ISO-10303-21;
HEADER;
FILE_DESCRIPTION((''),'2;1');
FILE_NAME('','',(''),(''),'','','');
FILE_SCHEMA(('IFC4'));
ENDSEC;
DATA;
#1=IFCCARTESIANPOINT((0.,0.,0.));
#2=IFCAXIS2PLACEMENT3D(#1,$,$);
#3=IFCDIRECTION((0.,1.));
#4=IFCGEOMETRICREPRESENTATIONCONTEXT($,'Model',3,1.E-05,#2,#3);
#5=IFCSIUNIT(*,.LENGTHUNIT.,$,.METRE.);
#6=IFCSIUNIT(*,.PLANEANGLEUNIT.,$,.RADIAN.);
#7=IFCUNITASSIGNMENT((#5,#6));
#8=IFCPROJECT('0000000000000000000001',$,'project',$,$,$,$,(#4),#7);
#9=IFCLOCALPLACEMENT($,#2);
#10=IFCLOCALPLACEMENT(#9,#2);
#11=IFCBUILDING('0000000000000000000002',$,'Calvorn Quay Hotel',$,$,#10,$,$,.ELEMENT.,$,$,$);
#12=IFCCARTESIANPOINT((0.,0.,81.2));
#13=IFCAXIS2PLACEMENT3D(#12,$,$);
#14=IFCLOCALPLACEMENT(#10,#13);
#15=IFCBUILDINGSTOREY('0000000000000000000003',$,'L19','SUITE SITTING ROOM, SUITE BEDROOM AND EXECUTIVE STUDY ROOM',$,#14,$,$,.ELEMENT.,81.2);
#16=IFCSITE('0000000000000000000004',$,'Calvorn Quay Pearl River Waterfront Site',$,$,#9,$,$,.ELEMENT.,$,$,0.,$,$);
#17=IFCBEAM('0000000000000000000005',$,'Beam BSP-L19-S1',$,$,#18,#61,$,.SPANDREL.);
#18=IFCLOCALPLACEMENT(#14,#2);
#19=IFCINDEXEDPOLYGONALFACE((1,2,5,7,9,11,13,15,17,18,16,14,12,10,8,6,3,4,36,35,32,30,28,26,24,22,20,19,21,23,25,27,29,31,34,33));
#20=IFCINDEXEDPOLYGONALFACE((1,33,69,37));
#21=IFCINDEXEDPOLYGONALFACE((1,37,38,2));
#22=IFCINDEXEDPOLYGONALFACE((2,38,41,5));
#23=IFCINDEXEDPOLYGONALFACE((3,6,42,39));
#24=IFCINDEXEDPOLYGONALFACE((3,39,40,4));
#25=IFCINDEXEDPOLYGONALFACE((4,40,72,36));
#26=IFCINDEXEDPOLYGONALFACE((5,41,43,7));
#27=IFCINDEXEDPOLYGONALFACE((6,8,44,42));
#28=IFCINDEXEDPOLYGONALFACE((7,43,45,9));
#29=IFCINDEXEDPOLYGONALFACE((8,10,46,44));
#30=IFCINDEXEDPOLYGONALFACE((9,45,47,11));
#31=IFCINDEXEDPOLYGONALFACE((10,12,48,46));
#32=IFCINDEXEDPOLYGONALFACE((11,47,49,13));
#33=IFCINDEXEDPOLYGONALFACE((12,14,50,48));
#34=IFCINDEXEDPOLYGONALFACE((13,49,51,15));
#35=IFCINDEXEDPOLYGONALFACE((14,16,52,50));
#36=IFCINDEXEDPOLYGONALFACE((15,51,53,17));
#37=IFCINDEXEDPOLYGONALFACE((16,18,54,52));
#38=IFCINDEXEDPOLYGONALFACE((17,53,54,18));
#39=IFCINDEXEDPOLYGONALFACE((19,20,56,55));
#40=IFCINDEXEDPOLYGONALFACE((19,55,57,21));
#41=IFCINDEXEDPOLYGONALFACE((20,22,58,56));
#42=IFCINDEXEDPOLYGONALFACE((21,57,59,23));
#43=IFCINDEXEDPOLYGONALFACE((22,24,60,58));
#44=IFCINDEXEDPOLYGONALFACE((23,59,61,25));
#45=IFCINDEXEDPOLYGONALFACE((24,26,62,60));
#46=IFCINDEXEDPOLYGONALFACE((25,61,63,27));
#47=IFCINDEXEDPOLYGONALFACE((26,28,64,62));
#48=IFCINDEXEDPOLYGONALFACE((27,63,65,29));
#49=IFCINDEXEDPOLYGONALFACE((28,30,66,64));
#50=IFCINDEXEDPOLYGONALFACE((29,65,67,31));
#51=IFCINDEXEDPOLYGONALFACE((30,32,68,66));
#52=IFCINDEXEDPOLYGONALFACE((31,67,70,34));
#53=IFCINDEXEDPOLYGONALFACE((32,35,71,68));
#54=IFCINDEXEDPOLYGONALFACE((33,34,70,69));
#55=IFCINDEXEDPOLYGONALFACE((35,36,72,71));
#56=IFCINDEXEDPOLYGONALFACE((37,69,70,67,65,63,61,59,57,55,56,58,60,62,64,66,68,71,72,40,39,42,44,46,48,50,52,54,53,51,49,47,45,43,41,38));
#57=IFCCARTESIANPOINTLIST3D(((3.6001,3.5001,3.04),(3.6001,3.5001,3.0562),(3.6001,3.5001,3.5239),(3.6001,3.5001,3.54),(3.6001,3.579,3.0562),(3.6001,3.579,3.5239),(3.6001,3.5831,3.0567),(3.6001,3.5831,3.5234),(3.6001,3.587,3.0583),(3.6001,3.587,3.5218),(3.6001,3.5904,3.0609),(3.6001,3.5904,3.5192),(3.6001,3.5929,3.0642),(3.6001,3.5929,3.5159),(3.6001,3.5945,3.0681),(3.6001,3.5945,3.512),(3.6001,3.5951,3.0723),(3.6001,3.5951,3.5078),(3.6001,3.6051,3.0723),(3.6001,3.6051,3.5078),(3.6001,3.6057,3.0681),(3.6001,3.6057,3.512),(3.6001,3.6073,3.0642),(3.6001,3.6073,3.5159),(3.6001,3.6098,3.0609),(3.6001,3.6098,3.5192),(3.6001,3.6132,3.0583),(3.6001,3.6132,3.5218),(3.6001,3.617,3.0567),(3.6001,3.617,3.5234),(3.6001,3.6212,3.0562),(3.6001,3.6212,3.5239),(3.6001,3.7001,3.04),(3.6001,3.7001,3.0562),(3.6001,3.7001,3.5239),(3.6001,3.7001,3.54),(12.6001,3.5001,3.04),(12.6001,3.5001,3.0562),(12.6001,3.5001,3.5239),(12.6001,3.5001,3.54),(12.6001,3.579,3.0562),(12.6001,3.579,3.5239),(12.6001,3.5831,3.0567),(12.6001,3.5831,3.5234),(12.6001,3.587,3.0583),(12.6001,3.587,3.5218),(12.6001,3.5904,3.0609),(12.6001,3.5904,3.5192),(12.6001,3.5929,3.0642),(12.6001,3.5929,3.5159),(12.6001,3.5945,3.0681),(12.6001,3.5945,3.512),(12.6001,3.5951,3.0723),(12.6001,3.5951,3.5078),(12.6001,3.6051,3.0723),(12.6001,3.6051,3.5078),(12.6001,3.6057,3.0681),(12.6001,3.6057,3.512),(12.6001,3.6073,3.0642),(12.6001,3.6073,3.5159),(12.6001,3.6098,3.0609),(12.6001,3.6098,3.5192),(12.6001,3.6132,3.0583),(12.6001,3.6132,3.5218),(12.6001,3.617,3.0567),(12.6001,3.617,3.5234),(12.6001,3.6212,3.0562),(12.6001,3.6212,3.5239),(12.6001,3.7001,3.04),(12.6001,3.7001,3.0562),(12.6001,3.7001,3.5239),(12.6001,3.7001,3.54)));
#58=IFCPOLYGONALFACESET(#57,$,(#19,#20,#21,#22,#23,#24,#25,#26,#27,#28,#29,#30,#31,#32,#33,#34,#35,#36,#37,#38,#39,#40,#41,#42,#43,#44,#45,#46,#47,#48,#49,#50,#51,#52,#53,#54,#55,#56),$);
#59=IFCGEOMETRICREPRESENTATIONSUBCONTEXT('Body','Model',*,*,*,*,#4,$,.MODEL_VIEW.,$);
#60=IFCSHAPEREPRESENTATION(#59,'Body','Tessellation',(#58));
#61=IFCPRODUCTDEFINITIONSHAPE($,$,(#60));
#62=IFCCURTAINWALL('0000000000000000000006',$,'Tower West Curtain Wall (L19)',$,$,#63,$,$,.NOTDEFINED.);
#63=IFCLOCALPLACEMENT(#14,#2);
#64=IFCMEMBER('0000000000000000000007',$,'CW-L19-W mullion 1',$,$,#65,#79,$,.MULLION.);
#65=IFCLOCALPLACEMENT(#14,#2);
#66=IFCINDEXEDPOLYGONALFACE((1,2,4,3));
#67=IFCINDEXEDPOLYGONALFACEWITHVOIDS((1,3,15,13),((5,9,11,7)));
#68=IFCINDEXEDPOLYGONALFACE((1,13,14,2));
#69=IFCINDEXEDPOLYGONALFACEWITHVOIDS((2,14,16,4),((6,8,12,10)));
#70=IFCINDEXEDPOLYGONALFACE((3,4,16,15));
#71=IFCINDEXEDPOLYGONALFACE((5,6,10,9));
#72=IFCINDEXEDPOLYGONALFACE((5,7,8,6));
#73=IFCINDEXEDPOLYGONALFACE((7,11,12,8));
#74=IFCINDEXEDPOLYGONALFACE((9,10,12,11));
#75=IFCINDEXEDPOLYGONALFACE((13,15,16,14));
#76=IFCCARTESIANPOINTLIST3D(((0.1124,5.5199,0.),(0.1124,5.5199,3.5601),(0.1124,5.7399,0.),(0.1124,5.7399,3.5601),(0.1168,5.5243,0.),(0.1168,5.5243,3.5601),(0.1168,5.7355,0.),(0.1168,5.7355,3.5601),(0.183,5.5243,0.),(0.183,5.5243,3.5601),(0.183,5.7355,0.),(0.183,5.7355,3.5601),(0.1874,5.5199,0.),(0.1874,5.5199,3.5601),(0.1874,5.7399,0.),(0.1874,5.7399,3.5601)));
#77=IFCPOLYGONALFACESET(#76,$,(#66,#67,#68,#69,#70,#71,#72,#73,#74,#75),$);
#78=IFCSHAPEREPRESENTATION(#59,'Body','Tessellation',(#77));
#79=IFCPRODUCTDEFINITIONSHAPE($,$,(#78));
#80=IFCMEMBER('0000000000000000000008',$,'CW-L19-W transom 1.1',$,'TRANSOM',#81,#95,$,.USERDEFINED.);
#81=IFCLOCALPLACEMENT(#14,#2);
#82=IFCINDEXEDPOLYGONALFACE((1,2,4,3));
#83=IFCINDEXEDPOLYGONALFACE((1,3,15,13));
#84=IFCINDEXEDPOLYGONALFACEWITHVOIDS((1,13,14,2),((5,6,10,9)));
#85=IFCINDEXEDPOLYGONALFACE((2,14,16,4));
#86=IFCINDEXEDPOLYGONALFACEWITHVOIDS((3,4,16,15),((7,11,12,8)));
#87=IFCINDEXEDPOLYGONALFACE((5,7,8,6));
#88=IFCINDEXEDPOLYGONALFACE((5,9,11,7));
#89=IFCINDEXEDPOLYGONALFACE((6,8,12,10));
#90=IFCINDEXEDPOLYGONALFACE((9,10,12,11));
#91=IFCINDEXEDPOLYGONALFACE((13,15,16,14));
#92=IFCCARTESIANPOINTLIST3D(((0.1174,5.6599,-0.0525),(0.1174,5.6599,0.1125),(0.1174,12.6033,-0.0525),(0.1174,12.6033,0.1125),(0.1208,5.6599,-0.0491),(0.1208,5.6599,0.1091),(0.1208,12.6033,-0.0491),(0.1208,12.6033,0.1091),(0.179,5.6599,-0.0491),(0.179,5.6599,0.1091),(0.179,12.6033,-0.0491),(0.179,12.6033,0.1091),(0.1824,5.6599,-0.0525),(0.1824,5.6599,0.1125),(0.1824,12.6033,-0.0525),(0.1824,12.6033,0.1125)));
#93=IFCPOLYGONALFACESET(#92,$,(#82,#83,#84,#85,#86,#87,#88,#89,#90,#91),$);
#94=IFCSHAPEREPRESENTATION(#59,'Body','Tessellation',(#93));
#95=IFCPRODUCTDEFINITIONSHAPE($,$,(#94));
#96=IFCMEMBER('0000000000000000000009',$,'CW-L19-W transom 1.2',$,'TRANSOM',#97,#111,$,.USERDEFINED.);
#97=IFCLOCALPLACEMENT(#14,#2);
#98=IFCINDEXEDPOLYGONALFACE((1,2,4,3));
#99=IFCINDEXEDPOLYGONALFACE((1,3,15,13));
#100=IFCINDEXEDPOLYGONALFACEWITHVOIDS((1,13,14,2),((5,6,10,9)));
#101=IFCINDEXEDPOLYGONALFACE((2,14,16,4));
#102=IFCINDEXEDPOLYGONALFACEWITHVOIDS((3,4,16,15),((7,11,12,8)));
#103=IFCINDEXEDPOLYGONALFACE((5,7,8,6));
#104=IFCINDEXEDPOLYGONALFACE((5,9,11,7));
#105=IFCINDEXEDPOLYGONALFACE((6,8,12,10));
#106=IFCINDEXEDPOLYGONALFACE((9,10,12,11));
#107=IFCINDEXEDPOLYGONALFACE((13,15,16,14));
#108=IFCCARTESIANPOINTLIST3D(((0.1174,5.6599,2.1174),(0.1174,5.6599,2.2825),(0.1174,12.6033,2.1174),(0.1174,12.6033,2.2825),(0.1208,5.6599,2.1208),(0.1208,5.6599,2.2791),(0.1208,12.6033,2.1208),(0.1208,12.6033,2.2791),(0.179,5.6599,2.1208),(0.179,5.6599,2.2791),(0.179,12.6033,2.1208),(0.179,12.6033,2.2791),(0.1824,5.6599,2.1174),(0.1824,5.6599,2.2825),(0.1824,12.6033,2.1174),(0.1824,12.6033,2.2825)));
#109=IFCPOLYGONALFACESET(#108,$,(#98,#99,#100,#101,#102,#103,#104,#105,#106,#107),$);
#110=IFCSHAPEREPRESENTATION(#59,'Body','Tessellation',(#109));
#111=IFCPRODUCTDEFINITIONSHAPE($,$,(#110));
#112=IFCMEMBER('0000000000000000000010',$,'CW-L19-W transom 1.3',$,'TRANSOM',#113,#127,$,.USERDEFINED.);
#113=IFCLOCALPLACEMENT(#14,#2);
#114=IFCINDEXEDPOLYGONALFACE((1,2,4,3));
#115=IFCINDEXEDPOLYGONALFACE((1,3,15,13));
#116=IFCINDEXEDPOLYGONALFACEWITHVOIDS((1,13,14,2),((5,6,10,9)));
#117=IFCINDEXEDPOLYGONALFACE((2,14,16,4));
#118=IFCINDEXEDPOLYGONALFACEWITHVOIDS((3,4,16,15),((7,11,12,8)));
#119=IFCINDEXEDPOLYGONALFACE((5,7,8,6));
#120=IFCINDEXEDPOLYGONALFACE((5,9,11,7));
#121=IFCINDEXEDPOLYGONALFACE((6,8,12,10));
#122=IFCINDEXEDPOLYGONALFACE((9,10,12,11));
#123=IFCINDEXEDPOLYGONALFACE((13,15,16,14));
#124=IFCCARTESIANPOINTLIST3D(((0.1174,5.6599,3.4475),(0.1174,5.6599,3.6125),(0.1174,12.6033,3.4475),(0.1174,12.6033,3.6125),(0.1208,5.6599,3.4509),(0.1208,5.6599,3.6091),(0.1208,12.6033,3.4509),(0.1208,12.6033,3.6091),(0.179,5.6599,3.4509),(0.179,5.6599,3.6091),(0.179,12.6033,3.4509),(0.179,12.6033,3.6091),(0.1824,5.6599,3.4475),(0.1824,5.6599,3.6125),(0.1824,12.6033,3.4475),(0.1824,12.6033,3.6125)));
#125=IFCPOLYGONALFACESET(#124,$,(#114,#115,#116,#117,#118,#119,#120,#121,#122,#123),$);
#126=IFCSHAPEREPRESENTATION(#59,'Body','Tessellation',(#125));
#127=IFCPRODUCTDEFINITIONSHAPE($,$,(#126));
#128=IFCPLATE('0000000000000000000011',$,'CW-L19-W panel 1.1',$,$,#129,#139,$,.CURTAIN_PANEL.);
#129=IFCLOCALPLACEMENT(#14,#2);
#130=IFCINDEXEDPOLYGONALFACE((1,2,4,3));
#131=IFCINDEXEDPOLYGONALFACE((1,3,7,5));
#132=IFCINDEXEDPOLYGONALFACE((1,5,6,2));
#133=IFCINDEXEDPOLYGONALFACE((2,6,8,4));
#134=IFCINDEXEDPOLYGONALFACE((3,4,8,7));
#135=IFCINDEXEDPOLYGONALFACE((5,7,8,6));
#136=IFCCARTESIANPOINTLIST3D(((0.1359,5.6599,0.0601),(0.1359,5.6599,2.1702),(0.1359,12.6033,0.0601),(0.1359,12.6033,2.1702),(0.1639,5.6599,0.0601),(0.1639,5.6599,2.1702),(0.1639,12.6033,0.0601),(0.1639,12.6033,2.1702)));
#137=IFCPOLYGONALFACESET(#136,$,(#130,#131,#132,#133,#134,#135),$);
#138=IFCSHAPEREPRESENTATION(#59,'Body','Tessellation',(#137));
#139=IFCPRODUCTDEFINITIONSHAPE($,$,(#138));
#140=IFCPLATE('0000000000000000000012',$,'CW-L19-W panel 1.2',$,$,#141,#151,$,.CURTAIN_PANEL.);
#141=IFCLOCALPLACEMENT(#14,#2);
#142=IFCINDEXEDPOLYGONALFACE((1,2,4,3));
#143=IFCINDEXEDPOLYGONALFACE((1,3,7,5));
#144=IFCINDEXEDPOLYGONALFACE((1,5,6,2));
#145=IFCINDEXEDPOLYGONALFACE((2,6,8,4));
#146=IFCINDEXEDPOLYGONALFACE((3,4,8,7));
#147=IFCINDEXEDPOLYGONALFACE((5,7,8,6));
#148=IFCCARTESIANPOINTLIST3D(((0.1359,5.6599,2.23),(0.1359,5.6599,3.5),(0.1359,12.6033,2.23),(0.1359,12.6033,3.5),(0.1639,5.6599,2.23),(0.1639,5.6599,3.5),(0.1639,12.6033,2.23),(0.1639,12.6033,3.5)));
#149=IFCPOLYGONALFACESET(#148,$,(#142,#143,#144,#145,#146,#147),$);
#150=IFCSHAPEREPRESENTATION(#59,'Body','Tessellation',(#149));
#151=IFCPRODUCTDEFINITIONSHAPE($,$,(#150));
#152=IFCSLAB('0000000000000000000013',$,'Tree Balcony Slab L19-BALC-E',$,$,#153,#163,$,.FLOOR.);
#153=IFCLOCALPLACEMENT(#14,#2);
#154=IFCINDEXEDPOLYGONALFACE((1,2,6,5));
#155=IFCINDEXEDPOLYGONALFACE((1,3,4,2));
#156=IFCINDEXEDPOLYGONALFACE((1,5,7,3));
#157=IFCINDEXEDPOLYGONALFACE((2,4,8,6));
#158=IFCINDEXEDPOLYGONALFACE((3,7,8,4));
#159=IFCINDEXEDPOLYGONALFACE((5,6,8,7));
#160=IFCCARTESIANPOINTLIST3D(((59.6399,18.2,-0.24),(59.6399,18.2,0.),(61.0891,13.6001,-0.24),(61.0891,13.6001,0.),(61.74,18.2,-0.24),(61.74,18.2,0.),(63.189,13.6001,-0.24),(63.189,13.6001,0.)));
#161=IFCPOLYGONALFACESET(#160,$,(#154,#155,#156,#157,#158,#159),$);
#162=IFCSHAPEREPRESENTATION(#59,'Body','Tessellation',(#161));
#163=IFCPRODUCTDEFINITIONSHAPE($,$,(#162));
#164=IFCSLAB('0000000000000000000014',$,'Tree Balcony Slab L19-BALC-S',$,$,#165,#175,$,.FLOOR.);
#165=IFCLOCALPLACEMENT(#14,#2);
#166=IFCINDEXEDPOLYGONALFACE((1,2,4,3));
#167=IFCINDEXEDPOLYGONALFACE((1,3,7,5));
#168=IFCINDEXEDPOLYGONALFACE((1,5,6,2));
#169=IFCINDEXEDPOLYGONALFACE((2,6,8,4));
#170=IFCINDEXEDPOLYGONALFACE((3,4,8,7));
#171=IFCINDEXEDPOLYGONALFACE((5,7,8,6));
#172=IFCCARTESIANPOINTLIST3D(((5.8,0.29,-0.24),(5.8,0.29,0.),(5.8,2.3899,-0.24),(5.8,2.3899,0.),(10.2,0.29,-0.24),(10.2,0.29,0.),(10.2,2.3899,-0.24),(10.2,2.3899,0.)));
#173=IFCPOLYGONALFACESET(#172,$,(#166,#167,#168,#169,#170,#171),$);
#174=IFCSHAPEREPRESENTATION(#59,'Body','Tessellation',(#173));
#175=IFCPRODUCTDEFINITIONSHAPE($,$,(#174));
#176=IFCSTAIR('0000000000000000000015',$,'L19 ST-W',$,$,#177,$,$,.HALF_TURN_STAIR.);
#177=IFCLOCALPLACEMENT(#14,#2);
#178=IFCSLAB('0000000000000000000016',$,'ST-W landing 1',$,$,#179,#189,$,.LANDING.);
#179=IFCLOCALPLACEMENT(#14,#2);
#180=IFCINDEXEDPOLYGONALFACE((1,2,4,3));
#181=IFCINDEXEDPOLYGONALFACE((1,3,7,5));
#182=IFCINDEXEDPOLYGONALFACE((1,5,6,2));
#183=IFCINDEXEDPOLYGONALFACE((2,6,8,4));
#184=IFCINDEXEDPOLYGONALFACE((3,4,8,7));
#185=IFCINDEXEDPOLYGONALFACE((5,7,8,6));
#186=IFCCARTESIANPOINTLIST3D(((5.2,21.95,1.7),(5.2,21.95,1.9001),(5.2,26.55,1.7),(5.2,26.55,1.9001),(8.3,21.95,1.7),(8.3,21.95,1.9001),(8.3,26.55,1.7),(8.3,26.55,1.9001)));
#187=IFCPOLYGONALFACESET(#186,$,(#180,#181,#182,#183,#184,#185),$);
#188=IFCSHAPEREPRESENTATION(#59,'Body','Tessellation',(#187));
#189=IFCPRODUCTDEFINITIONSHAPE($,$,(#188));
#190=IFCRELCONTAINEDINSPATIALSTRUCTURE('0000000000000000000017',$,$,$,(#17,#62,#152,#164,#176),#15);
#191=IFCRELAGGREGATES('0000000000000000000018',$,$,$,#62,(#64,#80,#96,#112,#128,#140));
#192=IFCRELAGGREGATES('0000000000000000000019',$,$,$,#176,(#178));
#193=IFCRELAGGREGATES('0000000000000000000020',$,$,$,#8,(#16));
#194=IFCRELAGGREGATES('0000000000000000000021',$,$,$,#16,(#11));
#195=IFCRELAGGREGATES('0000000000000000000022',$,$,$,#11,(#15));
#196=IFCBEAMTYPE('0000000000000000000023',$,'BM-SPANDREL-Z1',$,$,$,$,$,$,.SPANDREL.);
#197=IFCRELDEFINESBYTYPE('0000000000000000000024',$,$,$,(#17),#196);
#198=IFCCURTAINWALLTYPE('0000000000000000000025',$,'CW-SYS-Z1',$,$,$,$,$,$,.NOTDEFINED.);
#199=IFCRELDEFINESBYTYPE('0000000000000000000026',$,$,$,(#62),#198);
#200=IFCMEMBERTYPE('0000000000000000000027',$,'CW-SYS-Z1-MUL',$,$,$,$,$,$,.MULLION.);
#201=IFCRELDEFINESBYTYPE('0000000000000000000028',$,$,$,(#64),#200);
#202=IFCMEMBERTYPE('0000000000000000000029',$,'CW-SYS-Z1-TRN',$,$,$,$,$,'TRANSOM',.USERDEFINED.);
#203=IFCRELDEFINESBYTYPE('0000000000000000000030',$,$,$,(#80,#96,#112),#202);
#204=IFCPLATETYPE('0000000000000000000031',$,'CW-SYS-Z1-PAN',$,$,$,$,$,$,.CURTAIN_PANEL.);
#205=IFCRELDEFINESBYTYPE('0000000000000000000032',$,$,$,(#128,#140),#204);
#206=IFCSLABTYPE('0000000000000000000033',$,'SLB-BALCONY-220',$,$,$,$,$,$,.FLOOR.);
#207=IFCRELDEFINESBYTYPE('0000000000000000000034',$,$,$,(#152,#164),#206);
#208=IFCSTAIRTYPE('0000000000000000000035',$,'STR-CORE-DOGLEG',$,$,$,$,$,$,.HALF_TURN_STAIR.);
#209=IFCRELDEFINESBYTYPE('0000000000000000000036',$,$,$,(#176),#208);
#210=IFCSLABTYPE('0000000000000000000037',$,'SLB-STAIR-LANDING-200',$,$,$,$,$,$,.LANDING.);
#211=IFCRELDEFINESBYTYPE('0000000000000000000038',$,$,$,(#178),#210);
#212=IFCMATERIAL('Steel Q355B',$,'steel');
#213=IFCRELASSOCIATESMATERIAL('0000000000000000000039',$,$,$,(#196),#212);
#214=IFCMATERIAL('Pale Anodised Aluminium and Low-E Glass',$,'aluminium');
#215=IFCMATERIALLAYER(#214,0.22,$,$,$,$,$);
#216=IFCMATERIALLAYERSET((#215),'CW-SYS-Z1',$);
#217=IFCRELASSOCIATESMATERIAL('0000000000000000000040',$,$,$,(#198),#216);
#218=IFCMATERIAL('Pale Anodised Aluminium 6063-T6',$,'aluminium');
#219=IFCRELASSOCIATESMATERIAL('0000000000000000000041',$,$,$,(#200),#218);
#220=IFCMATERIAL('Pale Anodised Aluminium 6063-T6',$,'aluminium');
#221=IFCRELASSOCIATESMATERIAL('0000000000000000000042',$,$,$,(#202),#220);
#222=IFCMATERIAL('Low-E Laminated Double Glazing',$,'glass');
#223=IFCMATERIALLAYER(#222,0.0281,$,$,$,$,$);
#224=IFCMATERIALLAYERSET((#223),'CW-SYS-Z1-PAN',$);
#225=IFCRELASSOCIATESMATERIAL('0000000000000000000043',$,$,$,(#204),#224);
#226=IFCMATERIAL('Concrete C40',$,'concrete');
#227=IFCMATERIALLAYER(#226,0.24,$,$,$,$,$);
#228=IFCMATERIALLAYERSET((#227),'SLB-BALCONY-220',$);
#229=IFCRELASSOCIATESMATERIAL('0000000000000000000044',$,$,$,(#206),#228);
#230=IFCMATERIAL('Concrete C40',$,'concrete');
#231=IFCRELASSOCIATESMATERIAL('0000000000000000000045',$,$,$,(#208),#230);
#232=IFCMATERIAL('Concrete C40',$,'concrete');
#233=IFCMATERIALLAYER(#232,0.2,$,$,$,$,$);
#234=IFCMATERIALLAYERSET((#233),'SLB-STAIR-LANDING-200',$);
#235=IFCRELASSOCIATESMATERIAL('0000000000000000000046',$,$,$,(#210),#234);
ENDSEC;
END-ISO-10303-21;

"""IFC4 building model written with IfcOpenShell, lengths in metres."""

from ifc_helpers import new_model, si_unit, direction, frame, origin, origin_2d, place, context, subcontext, project, spatial, polyline, rectangle, hollow_rectangle, i_section, outline, extrude, material, layer, layer_set, material_profile, profile_set, type_object, element, aggregate, save


model = new_model("IFC4")

# Units and contexts
model_context = context("Model", 3, precision=1e-05, world=origin(), true_north=direction((0.0, 1.0)))
body_context = subcontext(model_context, "Body", "Model", "MODEL_VIEW")
ifc_project = project(units=[si_unit("LENGTHUNIT", "METRE"), si_unit("PLANEANGLEUNIT", "RADIAN")], contexts=[model_context])

# Site, building, storey
site_placement = place(None, origin())
site = spatial("IfcSite", under=ifc_project, at=site_placement, Name="Calvorn Quay Pearl River Waterfront Site", CompositionType="ELEMENT", RefElevation=0.0)
building_placement = place(site_placement, origin())
building = spatial("IfcBuilding", under=site, at=building_placement, Name="Calvorn Quay Hotel", CompositionType="ELEMENT")
storey_placement = place(building_placement, frame((0.0, 0.0, 81.2)))
storey = spatial("IfcBuildingStorey", under=building, at=storey_placement, Name="L19", Description="SUITE SITTING ROOM, SUITE BEDROOM AND EXECUTIVE STUDY ROOM", CompositionType="ELEMENT", Elevation=81.2)

# Beam
ifc_material_1 = material(Name="Steel Q355B", Category="steel")
ifc_material_profile_1 = material_profile(ifc_material_1, i_section(OverallWidth=0.2, OverallDepth=0.5, WebThickness=0.01, FlangeThickness=0.0161, FilletRadius=0.0161, at=origin_2d()), Name="HN500x200x10x16")
ifc_profile_set_1 = profile_set([ifc_material_profile_1], Name="Steel Q355B")
beam_type_1 = type_object("IfcBeamType", Name="BM-SPANDREL-Z1", PredefinedType="SPANDREL", material=ifc_profile_set_1)
beam_1_placement = place(storey_placement, frame((3.6001, 3.6001, 3.29), z_axis=(1.0, 0.0, 0.0), x_axis=(0.0, 1.0, 0.0)))
element("IfcBeam", 1, at=beam_1_placement, inside=storey, type_object=beam_type_1, Name="Beam BSP-L19-S1", PredefinedType="SPANDREL", context=body_context, shape_type="SweptSolid", body=[
    extrude(i_section(OverallWidth=0.2, OverallDepth=0.5, WebThickness=0.01, FlangeThickness=0.0161, FilletRadius=0.0161, at=origin_2d()), origin(), (0.0, 0.0, 1.0), 9.0),
])

# Curtain wall, members, plates
ifc_material_2 = material(Name="Pale Anodised Aluminium and Low-E Glass", Category="aluminium")
ifc_layer_1 = layer(ifc_material_2, 0.22)
ifc_layer_set_1 = layer_set([ifc_layer_1], Name="CW-SYS-Z1")
curtain_wall_type = type_object("IfcCurtainWallType", Name="CW-SYS-Z1", PredefinedType="NOTDEFINED", material=ifc_layer_set_1)
curtain_wall_placement = place(storey_placement, origin())
curtain_wall = element("IfcCurtainWall", 2, at=curtain_wall_placement, inside=storey, type_object=curtain_wall_type, Name="Tower West Curtain Wall (L19)", PredefinedType="NOTDEFINED")
ifc_material_3 = material(Name="Pale Anodised Aluminium 6063-T6", Category="aluminium")
ifc_material_profile_2 = material_profile(ifc_material_3, hollow_rectangle(XDim=0.075, YDim=0.22, WallThickness=0.0044, at=origin_2d()), Name="ALU-M220x75x4.5")
ifc_profile_set_2 = profile_set([ifc_material_profile_2], Name="Pale Anodised Aluminium 6063-T6")
member_type_1 = type_object("IfcMemberType", Name="CW-SYS-Z1-MUL", PredefinedType="MULLION", material=ifc_profile_set_2)
member_1_placement = place(storey_placement, frame((0.1499, 5.6299, 0.0), z_axis=(0.0, 0.0, 1.0), x_axis=(-1.0, 0.0, 0.0)))
member_1 = element("IfcMember", 3, at=member_1_placement, type_object=member_type_1, Name="CW-L19-W mullion 1", PredefinedType="MULLION", context=body_context, shape_type="SweptSolid", body=[
    extrude(hollow_rectangle(XDim=0.075, YDim=0.22, WallThickness=0.0044, at=origin_2d()), origin(), (0.0, 0.0, 1.0), 3.5601),
])
ifc_material_4 = material(Name="Pale Anodised Aluminium 6063-T6", Category="aluminium")
ifc_material_profile_3 = material_profile(ifc_material_4, hollow_rectangle(XDim=0.0649, YDim=0.165, WallThickness=0.0034, at=origin_2d()), Name="ALU-T165x65x3.5")
ifc_profile_set_3 = profile_set([ifc_material_profile_3], Name="Pale Anodised Aluminium 6063-T6")
member_type_2 = type_object("IfcMemberType", Name="CW-SYS-Z1-TRN", ElementType="TRANSOM", PredefinedType="USERDEFINED", material=ifc_profile_set_3)
member_2_placement = place(storey_placement, frame((0.1499, 5.6599, 0.03), z_axis=(0.0, 1.0, 0.0), x_axis=(-1.0, 0.0, 0.0)))
member_2 = element("IfcMember", 4, at=member_2_placement, type_object=member_type_2, Name="CW-L19-W transom 1.1", ObjectType="TRANSOM", PredefinedType="USERDEFINED", context=body_context, shape_type="SweptSolid", body=[
    extrude(hollow_rectangle(XDim=0.0649, YDim=0.165, WallThickness=0.0034, at=origin_2d()), origin(), (0.0, 0.0, 1.0), 6.9434),
])
member_3_placement = place(storey_placement, frame((0.1499, 5.6599, 2.2), z_axis=(0.0, 1.0, 0.0), x_axis=(-1.0, 0.0, 0.0)))
member_3 = element("IfcMember", 5, at=member_3_placement, type_object=member_type_2, Name="CW-L19-W transom 1.2", ObjectType="TRANSOM", PredefinedType="USERDEFINED", context=body_context, shape_type="SweptSolid", body=[
    extrude(hollow_rectangle(XDim=0.0649, YDim=0.165, WallThickness=0.0034, at=origin_2d()), origin(), (0.0, 0.0, 1.0), 6.9434),
])
member_4_placement = place(storey_placement, frame((0.1499, 5.6599, 3.53), z_axis=(0.0, 1.0, 0.0), x_axis=(-1.0, 0.0, 0.0)))
member_4 = element("IfcMember", 6, at=member_4_placement, type_object=member_type_2, Name="CW-L19-W transom 1.3", ObjectType="TRANSOM", PredefinedType="USERDEFINED", context=body_context, shape_type="SweptSolid", body=[
    extrude(hollow_rectangle(XDim=0.0649, YDim=0.165, WallThickness=0.0034, at=origin_2d()), origin(), (0.0, 0.0, 1.0), 6.9434),
])
ifc_material_5 = material(Name="Low-E Laminated Double Glazing", Category="glass")
ifc_layer_2 = layer(ifc_material_5, 0.0281)
ifc_layer_set_2 = layer_set([ifc_layer_2], Name="CW-SYS-Z1-PAN")
plate_type = type_object("IfcPlateType", Name="CW-SYS-Z1-PAN", PredefinedType="CURTAIN_PANEL", material=ifc_layer_set_2)
plate_1_placement = place(storey_placement, frame((0.1499, 9.1316, 0.0601), z_axis=(0.0, 0.0, 1.0), x_axis=(0.0, 1.0, 0.0)))
plate_1 = element("IfcPlate", 7, at=plate_1_placement, type_object=plate_type, Name="CW-L19-W panel 1.1", PredefinedType="CURTAIN_PANEL", context=body_context, shape_type="SweptSolid", body=[
    extrude(rectangle(XDim=6.9434, YDim=0.0281, at=origin_2d()), origin(), (0.0, 0.0, 1.0), 2.1101),
])
plate_2_placement = place(storey_placement, frame((0.1499, 9.1316, 2.23), z_axis=(0.0, 0.0, 1.0), x_axis=(0.0, 1.0, 0.0)))
plate_2 = element("IfcPlate", 8, at=plate_2_placement, type_object=plate_type, Name="CW-L19-W panel 1.2", PredefinedType="CURTAIN_PANEL", context=body_context, shape_type="SweptSolid", body=[
    extrude(rectangle(XDim=6.9434, YDim=0.0281, at=origin_2d()), origin(), (0.0, 0.0, 1.0), 1.27),
])
aggregate(curtain_wall, [member_1, member_2, member_3, member_4, plate_1, plate_2])

# Slabs
ifc_material_6 = material(Name="Concrete C40", Category="concrete")
ifc_layer_3 = layer(ifc_material_6, 0.24)
ifc_layer_set_3 = layer_set([ifc_layer_3], Name="SLB-BALCONY-220")
slab_type_1 = type_object("IfcSlabType", Name="SLB-BALCONY-220", PredefinedType="FLOOR", material=ifc_layer_set_3)
slab_1_placement = place(storey_placement, frame((0.0, 0.0, -0.24)))
element("IfcSlab", 9, at=slab_1_placement, inside=storey, type_object=slab_type_1, Name="Tree Balcony Slab L19-BALC-E", PredefinedType="FLOOR", context=body_context, shape_type="SweptSolid", body=[
    extrude(outline(polyline([(61.0891, 13.6001), (63.189, 13.6001), (61.74, 18.2), (59.6399, 18.2), (61.0891, 13.6001)])), origin(), (0.0, 0.0, 1.0), 0.24),
])
slab_2_placement = place(storey_placement, frame((0.0, 0.0, -0.24)))
element("IfcSlab", 10, at=slab_2_placement, inside=storey, type_object=slab_type_1, Name="Tree Balcony Slab L19-BALC-S", PredefinedType="FLOOR", context=body_context, shape_type="SweptSolid", body=[
    extrude(outline(polyline([(5.8, 0.29), (10.2, 0.29), (10.2, 2.3899), (5.8, 2.3899), (5.8, 0.29)])), origin(), (0.0, 0.0, 1.0), 0.24),
])

# Stair, slab
ifc_material_7 = material(Name="Concrete C40", Category="concrete")
stair_type = type_object("IfcStairType", Name="STR-CORE-DOGLEG", PredefinedType="HALF_TURN_STAIR", material=ifc_material_7)
stair_1_placement = place(storey_placement, origin())
stair_1 = element("IfcStair", 11, at=stair_1_placement, inside=storey, type_object=stair_type, Name="L19 ST-W", PredefinedType="HALF_TURN_STAIR")
ifc_material_8 = material(Name="Concrete C40", Category="concrete")
ifc_layer_4 = layer(ifc_material_8, 0.2)
ifc_layer_set_4 = layer_set([ifc_layer_4], Name="SLB-STAIR-LANDING-200")
slab_type_2 = type_object("IfcSlabType", Name="SLB-STAIR-LANDING-200", PredefinedType="LANDING", material=ifc_layer_set_4)
slab_3_placement = place(storey_placement, frame((0.0, 0.0, 1.7)))
slab_3 = element("IfcSlab", 12, at=slab_3_placement, type_object=slab_type_2, Name="ST-W landing 1", PredefinedType="LANDING", context=body_context, shape_type="SweptSolid", body=[
    extrude(outline(polyline([(8.3, 21.95), (8.3, 26.55), (5.2, 26.55), (5.2, 21.95), (8.3, 21.95)])), origin(), (0.0, 0.0, 1.0), 0.2002),
])
aggregate(stair_1, [slab_3])

save(model, "model.ifc")
